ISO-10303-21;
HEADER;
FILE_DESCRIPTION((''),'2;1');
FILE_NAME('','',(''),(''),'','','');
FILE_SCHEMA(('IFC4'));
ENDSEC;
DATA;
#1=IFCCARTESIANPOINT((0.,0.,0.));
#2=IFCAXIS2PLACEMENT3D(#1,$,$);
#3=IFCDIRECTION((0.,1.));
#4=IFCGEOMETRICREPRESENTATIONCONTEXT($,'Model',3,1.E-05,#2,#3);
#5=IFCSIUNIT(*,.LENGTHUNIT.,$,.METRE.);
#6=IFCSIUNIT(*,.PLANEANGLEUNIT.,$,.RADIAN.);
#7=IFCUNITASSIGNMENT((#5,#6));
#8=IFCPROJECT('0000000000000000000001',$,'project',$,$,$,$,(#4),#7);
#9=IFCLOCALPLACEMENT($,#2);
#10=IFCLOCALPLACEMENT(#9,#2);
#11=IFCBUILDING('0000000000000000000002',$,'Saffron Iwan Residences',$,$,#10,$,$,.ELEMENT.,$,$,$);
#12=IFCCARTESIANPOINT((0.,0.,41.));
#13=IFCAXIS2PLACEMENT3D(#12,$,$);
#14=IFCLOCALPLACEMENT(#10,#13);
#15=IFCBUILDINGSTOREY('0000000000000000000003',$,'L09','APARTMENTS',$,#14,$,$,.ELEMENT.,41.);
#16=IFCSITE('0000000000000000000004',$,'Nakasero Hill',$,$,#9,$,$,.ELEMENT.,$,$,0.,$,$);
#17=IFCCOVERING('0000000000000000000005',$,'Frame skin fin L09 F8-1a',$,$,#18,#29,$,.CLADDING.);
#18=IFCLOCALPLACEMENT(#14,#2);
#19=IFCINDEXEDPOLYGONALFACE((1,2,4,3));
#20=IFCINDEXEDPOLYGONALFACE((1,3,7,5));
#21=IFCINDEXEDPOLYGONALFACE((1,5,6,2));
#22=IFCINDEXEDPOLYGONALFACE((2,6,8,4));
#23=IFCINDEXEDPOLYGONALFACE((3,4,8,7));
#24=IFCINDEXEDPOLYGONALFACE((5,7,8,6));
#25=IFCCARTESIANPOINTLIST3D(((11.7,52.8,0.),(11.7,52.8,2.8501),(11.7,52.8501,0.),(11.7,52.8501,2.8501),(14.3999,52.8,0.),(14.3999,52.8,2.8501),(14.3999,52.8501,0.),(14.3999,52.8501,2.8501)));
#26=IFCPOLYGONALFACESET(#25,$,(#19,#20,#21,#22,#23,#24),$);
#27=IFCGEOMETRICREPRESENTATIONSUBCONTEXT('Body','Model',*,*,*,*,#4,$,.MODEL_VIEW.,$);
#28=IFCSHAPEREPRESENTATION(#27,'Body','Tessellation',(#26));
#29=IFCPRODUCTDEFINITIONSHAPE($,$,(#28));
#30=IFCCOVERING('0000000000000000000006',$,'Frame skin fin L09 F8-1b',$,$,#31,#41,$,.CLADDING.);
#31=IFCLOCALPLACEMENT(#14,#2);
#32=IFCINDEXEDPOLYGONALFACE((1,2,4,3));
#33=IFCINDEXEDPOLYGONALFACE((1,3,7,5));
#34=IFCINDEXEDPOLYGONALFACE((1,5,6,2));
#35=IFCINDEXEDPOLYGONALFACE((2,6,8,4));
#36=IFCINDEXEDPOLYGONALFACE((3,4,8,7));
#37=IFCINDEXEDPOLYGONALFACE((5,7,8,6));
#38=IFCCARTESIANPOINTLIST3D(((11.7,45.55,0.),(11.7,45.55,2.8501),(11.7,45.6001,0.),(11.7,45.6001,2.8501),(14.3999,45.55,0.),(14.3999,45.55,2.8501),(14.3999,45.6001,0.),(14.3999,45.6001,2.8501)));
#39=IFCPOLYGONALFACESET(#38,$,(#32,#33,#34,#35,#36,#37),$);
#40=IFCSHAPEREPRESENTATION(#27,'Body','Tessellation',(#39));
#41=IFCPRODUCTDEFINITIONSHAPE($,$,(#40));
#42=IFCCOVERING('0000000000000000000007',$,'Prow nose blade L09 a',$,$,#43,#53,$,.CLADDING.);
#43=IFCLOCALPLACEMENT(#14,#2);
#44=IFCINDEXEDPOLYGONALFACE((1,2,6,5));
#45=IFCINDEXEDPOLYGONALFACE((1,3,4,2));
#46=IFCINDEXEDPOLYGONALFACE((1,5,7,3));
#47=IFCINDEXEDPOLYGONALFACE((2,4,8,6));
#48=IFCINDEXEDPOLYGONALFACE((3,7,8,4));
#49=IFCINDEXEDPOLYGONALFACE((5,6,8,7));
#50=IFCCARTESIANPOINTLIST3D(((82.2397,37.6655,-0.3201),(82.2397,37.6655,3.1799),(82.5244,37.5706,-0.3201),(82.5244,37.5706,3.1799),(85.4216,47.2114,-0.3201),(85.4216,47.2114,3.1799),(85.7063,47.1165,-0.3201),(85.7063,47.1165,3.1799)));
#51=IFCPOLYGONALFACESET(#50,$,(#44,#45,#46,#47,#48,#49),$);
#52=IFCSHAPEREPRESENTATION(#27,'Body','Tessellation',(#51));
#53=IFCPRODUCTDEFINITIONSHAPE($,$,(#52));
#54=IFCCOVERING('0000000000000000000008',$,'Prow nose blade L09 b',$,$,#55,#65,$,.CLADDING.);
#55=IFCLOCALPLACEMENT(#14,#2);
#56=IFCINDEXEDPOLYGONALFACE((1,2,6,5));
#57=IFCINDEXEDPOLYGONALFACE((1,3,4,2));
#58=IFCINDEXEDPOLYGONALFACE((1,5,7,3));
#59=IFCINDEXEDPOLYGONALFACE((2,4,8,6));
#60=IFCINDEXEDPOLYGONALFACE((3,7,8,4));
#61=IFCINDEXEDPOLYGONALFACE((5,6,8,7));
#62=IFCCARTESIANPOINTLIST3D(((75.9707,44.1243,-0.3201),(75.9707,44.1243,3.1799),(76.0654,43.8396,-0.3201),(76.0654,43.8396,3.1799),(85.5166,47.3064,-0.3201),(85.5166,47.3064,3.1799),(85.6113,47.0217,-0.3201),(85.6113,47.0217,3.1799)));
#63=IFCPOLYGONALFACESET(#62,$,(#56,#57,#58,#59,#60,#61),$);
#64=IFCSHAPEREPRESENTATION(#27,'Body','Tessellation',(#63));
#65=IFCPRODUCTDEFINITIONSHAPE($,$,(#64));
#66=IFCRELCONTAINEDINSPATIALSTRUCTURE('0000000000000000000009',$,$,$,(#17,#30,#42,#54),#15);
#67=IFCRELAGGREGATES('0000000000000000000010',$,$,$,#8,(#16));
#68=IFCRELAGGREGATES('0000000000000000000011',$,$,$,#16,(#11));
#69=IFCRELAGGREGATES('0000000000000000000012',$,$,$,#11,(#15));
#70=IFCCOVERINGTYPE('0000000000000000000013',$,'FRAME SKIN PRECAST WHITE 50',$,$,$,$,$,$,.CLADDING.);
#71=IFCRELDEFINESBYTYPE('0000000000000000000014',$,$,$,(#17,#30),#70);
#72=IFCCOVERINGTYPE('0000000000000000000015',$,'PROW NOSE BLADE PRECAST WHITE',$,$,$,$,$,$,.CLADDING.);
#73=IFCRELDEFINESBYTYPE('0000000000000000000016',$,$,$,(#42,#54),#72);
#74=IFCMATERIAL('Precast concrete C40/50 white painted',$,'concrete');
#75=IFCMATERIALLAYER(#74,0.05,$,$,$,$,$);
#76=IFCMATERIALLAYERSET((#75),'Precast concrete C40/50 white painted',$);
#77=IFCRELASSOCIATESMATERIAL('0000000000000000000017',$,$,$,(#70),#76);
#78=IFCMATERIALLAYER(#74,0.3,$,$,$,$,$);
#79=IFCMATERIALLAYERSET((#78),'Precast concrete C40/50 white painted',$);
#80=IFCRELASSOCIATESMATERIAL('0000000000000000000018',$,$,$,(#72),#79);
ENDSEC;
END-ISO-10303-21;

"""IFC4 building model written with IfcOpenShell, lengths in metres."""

from ifc_helpers import new_model, si_unit, direction, frame, origin, place, context, subcontext, project, spatial, polyline, outline, extrude, material, layer, layer_set, type_object, element, save


model = new_model("IFC4")

# Units and contexts
model_context = context("Model", 3, precision=1e-05, world=origin(), true_north=direction((0.0, 1.0)))
body_context = subcontext(model_context, "Body", "Model", "MODEL_VIEW")
ifc_project = project(units=[si_unit("LENGTHUNIT", "METRE"), si_unit("PLANEANGLEUNIT", "RADIAN")], contexts=[model_context])

# Site, building, storey
site_placement = place(None, origin())
site = spatial("IfcSite", under=ifc_project, at=site_placement, Name="Nakasero Hill", CompositionType="ELEMENT", RefElevation=0.0)
building_placement = place(site_placement, origin())
building = spatial("IfcBuilding", under=site, at=building_placement, Name="Saffron Iwan Residences", CompositionType="ELEMENT")
storey_placement = place(building_placement, frame((0.0, 0.0, 41.0)))
storey = spatial("IfcBuildingStorey", under=building, at=storey_placement, Name="L09", Description="APARTMENTS", CompositionType="ELEMENT", Elevation=41.0)

# Coverings
ifc_material_1 = material(Name="Precast concrete C40/50 white painted", Category="concrete")
ifc_layer_1 = layer(ifc_material_1, 0.05)
ifc_layer_set_1 = layer_set([ifc_layer_1], Name="Precast concrete C40/50 white painted")
covering_type_1 = type_object("IfcCoveringType", Name="FRAME SKIN PRECAST WHITE 50", PredefinedType="CLADDING", material=ifc_layer_set_1)
covering_1_placement = place(storey_placement, origin())
element("IfcCovering", 1, at=covering_1_placement, inside=storey, type_object=covering_type_1, Name="Frame skin fin L09 F8-1a", PredefinedType="CLADDING", context=body_context, shape_type="SweptSolid", body=[
    extrude(outline(polyline([(11.7, 52.8501), (11.7, 52.8), (14.3999, 52.8), (14.3999, 52.8501), (11.7, 52.8501)])), origin(), (0.0, 0.0, 1.0), 2.8501),
])
covering_2_placement = place(storey_placement, origin())
element("IfcCovering", 2, at=covering_2_placement, inside=storey, type_object=covering_type_1, Name="Frame skin fin L09 F8-1b", PredefinedType="CLADDING", context=body_context, shape_type="SweptSolid", body=[
    extrude(outline(polyline([(11.7, 45.6001), (11.7, 45.55), (14.3999, 45.55), (14.3999, 45.6001), (11.7, 45.6001)])), origin(), (0.0, 0.0, 1.0), 2.8501),
])
ifc_layer_2 = layer(ifc_material_1, 0.3)
ifc_layer_set_2 = layer_set([ifc_layer_2], Name="Precast concrete C40/50 white painted")
covering_type_2 = type_object("IfcCoveringType", Name="PROW NOSE BLADE PRECAST WHITE", PredefinedType="CLADDING", material=ifc_layer_set_2)
covering_3_placement = place(storey_placement, frame((0.0, 0.0, -0.3201)))
element("IfcCovering", 3, at=covering_3_placement, inside=storey, type_object=covering_type_2, Name="Prow nose blade L09 a", PredefinedType="CLADDING", context=body_context, shape_type="SweptSolid", body=[
    extrude(outline(polyline([(82.5244, 37.5706), (85.7063, 47.1165), (85.4216, 47.2114), (82.2397, 37.6655), (82.5244, 37.5706)])), origin(), (0.0, 0.0, 1.0), 3.5),
])
covering_4_placement = place(storey_placement, frame((0.0, 0.0, -0.3201)))
element("IfcCovering", 4, at=covering_4_placement, inside=storey, type_object=covering_type_2, Name="Prow nose blade L09 b", PredefinedType="CLADDING", context=body_context, shape_type="SweptSolid", body=[
    extrude(outline(polyline([(76.0654, 43.8396), (85.6113, 47.0217), (85.5166, 47.3064), (75.9707, 44.1243), (76.0654, 43.8396)])), origin(), (0.0, 0.0, 1.0), 3.5),
])

save(model, "model.ifc")
